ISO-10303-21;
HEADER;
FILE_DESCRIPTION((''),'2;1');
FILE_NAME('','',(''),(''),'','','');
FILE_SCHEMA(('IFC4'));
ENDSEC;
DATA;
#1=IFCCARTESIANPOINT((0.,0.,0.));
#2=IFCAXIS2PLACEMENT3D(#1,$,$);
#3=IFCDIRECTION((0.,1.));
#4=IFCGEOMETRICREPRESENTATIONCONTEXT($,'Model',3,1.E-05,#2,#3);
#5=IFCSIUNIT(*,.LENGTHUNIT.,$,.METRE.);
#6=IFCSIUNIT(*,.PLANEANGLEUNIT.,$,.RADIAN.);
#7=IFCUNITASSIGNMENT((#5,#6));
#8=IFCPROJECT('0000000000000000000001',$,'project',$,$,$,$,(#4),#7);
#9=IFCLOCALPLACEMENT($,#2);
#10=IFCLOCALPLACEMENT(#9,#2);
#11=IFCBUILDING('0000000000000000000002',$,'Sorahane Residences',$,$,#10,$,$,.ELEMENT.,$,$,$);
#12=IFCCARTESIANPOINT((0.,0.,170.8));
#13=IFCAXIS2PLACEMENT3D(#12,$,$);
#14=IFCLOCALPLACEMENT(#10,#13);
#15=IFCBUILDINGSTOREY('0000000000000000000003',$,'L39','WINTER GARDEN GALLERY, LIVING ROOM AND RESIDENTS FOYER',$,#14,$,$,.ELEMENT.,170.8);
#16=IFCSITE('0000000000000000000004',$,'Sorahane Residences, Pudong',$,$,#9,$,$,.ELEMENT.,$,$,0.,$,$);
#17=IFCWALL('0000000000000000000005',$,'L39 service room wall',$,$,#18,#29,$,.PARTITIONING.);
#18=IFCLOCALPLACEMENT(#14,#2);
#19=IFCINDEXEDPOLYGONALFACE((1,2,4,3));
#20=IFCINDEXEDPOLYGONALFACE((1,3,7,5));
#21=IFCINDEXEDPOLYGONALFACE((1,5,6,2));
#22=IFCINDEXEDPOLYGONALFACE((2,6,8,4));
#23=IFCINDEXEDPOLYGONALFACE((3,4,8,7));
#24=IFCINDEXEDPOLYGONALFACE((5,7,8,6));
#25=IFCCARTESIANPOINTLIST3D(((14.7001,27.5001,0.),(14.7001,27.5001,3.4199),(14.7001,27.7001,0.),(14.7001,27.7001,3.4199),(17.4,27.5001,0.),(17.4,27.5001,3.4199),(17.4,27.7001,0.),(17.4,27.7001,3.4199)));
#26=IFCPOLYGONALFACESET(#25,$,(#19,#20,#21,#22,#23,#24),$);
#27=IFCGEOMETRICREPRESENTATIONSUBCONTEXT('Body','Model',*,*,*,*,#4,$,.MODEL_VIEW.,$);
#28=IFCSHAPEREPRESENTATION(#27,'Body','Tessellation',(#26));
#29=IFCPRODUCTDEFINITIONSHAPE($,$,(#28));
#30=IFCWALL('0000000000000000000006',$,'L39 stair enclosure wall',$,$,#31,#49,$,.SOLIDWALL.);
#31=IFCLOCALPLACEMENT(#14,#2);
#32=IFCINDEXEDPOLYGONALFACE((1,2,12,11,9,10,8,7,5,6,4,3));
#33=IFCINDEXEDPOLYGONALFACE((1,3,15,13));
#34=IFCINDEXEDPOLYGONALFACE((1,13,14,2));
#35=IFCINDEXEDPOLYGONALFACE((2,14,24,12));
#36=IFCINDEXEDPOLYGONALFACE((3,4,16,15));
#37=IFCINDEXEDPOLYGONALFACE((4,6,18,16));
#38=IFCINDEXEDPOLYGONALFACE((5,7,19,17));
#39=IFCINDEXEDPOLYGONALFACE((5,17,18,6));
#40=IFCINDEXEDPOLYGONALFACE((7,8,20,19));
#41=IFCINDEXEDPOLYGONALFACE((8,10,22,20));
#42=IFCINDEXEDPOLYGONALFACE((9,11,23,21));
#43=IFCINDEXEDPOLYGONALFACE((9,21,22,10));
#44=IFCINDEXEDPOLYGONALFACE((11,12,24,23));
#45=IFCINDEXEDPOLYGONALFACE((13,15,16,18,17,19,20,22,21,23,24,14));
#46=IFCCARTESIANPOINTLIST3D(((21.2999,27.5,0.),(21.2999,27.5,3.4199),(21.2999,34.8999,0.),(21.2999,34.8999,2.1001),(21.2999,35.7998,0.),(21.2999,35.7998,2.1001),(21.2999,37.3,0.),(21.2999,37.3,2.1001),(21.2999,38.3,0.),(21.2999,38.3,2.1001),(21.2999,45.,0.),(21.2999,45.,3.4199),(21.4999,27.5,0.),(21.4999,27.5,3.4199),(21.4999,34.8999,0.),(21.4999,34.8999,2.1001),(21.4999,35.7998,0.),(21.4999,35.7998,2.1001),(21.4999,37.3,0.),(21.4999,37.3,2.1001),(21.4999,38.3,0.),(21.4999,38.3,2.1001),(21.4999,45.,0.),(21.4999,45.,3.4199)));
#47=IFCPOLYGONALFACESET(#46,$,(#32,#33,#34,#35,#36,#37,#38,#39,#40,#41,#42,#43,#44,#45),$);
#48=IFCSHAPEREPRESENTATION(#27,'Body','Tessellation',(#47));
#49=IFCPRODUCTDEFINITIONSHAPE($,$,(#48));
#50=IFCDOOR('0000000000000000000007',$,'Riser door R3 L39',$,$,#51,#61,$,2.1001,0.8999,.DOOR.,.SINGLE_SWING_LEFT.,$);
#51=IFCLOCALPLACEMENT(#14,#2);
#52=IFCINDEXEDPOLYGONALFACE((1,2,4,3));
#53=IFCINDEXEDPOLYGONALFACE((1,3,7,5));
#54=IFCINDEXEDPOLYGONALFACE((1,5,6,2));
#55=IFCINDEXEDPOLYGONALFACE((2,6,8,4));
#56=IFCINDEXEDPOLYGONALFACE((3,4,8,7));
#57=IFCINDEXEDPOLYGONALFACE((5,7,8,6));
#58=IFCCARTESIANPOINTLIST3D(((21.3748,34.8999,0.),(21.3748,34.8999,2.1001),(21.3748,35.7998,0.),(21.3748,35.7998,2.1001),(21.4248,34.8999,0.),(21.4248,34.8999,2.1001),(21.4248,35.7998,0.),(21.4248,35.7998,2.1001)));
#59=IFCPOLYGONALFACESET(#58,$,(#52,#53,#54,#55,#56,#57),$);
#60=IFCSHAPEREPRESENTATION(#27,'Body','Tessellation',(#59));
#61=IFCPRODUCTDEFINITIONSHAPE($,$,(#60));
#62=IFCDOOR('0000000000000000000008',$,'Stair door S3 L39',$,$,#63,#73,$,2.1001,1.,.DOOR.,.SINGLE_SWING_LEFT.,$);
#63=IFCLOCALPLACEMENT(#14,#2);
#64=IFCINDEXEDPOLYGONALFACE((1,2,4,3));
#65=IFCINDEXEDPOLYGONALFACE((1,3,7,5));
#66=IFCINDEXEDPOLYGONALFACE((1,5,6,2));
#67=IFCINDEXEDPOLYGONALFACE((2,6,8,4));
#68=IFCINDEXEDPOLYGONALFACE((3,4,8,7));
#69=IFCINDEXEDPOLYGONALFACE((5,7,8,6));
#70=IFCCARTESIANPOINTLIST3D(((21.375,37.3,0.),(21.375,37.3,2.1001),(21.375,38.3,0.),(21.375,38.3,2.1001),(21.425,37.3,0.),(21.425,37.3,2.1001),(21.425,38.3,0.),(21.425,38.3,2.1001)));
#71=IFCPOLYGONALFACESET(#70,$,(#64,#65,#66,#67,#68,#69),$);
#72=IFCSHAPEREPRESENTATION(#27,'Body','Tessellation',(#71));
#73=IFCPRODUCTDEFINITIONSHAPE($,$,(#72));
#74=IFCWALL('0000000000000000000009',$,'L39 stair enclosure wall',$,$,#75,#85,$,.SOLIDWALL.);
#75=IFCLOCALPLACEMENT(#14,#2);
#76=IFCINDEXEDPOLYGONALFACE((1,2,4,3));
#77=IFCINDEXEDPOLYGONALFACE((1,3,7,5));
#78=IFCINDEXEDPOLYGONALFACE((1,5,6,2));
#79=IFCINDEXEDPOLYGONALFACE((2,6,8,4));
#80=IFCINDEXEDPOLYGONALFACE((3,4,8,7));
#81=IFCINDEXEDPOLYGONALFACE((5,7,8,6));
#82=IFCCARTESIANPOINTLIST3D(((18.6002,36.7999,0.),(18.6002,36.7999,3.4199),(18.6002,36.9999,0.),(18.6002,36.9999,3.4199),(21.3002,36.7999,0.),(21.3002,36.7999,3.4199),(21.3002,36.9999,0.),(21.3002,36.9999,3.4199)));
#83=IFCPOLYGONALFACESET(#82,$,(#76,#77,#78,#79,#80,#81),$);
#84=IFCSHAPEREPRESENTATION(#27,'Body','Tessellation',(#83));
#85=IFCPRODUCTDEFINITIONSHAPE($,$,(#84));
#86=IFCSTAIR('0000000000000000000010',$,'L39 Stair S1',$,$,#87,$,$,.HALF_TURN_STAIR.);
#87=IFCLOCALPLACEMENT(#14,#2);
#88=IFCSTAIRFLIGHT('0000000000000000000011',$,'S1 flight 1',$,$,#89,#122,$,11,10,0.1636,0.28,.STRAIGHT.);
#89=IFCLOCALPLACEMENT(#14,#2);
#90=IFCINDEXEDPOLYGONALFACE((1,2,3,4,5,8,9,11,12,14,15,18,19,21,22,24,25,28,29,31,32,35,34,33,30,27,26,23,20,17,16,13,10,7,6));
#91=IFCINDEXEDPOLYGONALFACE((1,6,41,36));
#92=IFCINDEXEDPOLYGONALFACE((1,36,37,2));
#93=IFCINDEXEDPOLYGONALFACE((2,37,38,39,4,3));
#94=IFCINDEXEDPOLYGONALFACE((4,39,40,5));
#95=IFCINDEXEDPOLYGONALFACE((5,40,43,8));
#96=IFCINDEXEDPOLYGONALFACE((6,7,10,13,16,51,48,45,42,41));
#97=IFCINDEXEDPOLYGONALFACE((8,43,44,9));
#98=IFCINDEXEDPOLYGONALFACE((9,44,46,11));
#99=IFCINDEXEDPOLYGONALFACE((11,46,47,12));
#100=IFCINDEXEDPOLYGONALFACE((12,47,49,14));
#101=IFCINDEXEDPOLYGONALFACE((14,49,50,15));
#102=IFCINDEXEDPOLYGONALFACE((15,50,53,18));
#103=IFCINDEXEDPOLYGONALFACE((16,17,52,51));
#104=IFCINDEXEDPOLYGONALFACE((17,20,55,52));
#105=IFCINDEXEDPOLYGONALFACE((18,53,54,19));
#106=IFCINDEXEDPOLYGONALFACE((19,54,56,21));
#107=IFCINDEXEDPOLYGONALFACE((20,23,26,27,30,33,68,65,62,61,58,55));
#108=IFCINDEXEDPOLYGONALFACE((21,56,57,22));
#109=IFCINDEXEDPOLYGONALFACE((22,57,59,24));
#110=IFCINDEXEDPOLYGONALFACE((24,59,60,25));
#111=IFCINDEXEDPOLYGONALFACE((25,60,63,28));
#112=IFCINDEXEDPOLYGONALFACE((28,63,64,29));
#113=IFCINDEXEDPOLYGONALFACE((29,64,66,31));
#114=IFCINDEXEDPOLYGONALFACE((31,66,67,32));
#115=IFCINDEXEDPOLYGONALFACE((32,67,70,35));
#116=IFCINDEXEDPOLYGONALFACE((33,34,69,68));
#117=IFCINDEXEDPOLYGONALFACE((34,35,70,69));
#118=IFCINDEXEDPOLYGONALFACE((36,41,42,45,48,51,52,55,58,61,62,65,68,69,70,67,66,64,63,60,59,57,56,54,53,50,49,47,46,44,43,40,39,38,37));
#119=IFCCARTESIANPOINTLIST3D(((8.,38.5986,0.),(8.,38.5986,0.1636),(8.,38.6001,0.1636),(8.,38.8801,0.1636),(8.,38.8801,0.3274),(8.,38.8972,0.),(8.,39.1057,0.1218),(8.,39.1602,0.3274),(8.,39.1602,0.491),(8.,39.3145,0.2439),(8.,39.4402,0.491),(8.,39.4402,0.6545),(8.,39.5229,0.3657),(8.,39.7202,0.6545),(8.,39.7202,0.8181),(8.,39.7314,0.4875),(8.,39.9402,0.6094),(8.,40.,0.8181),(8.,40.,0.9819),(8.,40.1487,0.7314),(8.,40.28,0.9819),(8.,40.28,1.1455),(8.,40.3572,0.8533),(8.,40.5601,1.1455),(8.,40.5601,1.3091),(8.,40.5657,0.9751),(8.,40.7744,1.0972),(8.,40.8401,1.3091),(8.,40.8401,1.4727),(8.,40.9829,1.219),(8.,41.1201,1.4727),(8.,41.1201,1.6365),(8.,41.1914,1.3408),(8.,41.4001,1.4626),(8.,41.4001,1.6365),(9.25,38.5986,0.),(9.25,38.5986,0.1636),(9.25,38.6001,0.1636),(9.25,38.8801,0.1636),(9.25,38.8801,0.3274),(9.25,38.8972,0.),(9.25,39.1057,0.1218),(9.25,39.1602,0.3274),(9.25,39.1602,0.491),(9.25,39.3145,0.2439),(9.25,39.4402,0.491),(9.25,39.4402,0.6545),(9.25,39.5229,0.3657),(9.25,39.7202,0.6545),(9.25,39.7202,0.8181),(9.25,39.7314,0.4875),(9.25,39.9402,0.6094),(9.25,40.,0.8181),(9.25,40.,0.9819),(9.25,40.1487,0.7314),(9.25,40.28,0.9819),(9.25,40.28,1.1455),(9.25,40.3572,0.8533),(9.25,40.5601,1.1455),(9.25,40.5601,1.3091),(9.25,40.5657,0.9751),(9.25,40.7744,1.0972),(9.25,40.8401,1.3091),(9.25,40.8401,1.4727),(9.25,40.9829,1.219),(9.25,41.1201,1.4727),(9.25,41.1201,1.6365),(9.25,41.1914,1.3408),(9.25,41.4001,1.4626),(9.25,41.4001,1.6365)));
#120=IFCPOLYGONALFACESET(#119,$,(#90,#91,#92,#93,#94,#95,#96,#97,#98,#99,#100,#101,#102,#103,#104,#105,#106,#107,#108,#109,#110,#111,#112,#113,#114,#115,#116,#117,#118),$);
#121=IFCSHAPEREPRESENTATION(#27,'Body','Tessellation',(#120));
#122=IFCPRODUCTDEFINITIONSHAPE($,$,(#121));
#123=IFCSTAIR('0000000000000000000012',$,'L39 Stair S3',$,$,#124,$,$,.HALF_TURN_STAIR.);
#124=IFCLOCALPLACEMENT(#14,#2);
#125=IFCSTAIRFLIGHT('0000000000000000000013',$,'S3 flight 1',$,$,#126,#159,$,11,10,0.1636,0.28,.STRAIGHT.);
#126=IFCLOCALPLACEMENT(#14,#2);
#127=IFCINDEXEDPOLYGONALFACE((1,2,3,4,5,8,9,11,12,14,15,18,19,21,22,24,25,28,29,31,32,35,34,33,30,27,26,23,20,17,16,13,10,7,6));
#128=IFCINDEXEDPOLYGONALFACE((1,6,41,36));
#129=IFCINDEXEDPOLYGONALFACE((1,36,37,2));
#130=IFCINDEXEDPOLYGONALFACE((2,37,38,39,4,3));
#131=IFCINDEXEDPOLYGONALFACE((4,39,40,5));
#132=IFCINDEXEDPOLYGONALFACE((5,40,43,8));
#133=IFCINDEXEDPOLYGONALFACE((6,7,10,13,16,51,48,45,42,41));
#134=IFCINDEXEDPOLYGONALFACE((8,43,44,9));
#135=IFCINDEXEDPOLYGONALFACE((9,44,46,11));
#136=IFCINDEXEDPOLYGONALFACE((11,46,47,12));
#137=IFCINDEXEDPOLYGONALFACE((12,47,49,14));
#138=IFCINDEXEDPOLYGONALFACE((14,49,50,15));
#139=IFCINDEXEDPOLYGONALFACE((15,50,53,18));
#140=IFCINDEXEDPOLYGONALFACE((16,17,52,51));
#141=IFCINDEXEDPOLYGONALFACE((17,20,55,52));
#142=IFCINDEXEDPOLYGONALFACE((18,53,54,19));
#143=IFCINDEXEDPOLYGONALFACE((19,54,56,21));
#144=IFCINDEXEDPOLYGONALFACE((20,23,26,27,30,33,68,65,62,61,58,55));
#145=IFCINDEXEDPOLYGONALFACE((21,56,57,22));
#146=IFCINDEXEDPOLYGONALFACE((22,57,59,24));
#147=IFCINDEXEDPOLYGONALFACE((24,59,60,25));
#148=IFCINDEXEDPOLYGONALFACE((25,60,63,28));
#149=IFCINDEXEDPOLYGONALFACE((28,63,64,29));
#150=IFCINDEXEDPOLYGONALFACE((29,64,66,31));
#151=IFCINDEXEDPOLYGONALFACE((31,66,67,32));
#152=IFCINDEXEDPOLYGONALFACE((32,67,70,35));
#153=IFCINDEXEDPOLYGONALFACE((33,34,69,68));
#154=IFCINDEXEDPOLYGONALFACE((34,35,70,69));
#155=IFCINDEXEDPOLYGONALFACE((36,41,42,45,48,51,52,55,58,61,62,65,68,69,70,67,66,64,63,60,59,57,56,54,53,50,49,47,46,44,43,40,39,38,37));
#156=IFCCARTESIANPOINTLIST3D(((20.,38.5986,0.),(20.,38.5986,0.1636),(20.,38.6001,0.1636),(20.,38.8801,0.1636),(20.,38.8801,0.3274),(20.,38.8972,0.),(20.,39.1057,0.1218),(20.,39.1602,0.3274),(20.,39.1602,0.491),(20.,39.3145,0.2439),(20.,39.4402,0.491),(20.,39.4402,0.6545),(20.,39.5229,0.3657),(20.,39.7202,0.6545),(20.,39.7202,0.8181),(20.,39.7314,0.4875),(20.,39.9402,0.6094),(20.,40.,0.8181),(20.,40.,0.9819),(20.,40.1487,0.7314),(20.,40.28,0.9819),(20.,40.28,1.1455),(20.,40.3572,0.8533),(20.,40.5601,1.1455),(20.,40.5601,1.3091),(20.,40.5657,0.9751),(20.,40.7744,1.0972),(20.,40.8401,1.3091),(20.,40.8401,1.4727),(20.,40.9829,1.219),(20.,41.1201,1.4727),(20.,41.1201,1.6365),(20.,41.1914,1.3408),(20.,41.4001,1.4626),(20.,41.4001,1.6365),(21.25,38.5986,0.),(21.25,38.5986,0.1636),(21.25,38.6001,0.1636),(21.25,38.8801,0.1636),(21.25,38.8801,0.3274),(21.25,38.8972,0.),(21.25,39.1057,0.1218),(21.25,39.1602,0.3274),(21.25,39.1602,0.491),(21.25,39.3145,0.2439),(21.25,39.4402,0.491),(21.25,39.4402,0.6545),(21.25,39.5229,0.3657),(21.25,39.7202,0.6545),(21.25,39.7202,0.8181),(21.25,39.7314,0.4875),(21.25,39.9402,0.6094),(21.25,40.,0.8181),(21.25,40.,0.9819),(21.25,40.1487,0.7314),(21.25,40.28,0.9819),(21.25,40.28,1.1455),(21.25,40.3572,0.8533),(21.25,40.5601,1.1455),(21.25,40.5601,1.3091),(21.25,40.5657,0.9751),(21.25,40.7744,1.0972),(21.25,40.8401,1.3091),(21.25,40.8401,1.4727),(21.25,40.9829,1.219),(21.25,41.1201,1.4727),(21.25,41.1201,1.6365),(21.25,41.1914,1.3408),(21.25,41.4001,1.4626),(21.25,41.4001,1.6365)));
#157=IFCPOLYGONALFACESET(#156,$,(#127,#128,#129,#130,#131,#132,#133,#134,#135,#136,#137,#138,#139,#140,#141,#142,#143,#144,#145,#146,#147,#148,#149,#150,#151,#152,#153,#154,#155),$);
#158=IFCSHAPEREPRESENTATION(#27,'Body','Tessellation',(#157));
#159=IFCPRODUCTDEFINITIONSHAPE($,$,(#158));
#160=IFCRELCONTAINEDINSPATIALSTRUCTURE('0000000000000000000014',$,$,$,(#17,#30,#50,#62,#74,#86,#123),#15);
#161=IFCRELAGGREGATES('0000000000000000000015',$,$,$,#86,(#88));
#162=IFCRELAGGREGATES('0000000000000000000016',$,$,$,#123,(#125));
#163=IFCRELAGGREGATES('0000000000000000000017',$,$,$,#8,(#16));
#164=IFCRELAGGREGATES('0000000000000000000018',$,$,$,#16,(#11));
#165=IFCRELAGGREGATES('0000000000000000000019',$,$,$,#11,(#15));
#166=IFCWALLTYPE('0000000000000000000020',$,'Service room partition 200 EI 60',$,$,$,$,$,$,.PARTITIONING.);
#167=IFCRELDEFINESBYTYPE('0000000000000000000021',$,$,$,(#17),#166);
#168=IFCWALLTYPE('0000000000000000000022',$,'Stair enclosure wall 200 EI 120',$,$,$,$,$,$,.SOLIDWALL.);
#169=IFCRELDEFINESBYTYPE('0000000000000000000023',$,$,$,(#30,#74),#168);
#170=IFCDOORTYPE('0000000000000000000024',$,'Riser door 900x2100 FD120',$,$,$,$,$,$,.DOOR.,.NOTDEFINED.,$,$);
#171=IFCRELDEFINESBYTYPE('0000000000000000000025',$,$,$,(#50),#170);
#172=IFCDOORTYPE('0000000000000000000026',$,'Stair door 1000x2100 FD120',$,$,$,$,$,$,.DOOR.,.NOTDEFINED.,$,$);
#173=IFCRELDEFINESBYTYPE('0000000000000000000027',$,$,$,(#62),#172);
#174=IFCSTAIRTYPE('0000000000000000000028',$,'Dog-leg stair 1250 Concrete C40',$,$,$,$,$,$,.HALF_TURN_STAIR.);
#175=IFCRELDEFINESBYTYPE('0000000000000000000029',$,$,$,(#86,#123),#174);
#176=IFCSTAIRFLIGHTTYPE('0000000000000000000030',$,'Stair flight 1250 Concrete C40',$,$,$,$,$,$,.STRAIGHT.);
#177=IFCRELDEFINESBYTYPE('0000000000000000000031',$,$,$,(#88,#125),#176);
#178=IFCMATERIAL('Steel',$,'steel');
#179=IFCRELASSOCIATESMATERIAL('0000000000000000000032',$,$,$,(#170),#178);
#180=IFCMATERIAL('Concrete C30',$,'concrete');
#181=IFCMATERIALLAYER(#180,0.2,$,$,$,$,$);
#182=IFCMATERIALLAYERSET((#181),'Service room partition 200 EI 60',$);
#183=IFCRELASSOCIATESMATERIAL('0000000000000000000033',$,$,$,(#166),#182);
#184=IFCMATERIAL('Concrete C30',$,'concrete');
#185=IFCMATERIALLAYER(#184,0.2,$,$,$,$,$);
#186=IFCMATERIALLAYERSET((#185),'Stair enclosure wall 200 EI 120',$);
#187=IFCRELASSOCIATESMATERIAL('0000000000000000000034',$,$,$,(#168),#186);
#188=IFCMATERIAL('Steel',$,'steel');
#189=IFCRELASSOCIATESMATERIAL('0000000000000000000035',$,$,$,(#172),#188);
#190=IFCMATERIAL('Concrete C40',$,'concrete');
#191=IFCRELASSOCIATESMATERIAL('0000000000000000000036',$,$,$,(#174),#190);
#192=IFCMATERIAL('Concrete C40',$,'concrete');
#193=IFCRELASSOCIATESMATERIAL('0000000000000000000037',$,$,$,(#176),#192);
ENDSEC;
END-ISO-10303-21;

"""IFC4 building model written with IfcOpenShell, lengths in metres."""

from ifc_helpers import new_model, si_unit, direction, frame, frame_2d, origin, place, context, subcontext, project, spatial, polyline, rectangle, outline, extrude, material, layer, layer_set, type_object, element, fill, aggregate, save


model = new_model("IFC4")

# Units and contexts
model_context = context("Model", 3, precision=1e-05, world=origin(), true_north=direction((0.0, 1.0)))
body_context = subcontext(model_context, "Body", "Model", "MODEL_VIEW")
ifc_project = project(units=[si_unit("LENGTHUNIT", "METRE"), si_unit("PLANEANGLEUNIT", "RADIAN")], contexts=[model_context])

# Site, building, storey
site_placement = place(None, origin())
site = spatial("IfcSite", under=ifc_project, at=site_placement, Name="Sorahane Residences, Pudong", CompositionType="ELEMENT", RefElevation=0.0)
building_placement = place(site_placement, origin())
building = spatial("IfcBuilding", under=site, at=building_placement, Name="Sorahane Residences", CompositionType="ELEMENT")
storey_placement = place(building_placement, frame((0.0, 0.0, 170.8)))
storey = spatial("IfcBuildingStorey", under=building, at=storey_placement, Name="L39", Description="WINTER GARDEN GALLERY, LIVING ROOM AND RESIDENTS FOYER", CompositionType="ELEMENT", Elevation=170.8)

# Shared definitions
ifc_material_1 = material(Name="Steel", Category="steel")
door_type_1 = type_object("IfcDoorType", Name="Riser door 900x2100 FD120", OperationType="NOTDEFINED", PredefinedType="DOOR", material=ifc_material_1)

# Wall
ifc_material_2 = material(Name="Concrete C30", Category="concrete")
ifc_layer_1 = layer(ifc_material_2, 0.2)
ifc_layer_set_1 = layer_set([ifc_layer_1], Name="Service room partition 200 EI 60")
wall_type_1 = type_object("IfcWallType", Name="Service room partition 200 EI 60", PredefinedType="PARTITIONING", material=ifc_layer_set_1)
wall_1_placement = place(storey_placement, frame((14.7, 27.6001, 0.0), z_axis=(0.0, 0.0, 1.0), x_axis=(1.0, 0.0, 0.0)))
element("IfcWall", 1, at=wall_1_placement, inside=storey, type_object=wall_type_1, Name="L39 service room wall", PredefinedType="PARTITIONING", context=body_context, shape_type="SweptSolid", body=[
    extrude(rectangle(XDim=2.7, YDim=0.2, at=frame_2d((1.3501, 0.0))), origin(), (0.0, 0.0, 1.0), 3.4199),
])

# Wall, openings, doors
ifc_material_3 = material(Name="Concrete C30", Category="concrete")
ifc_layer_2 = layer(ifc_material_3, 0.2)
ifc_layer_set_2 = layer_set([ifc_layer_2], Name="Stair enclosure wall 200 EI 120")
wall_type_2 = type_object("IfcWallType", Name="Stair enclosure wall 200 EI 120", PredefinedType="SOLIDWALL", material=ifc_layer_set_2)
wall_2_placement = place(storey_placement, frame((21.3999, 27.5, 0.0), z_axis=(0.0, 0.0, 1.0), x_axis=(0.0, 1.0, 0.0)))
wall_2 = element("IfcWall", 2, at=wall_2_placement, inside=storey, type_object=wall_type_2, Name="L39 stair enclosure wall", PredefinedType="SOLIDWALL", context=body_context, shape_type="SweptSolid", body=[
    extrude(rectangle(XDim=17.5, YDim=0.2, at=frame_2d((8.75, 0.0))), origin(), (0.0, 0.0, 1.0), 3.4199),
])
opening_1_placement = place(wall_2_placement, frame((9.8, 0.0, 0.0)))
opening_1 = element("IfcOpeningElement", 3, at=opening_1_placement, cuts=wall_2, PredefinedType="OPENING", context=body_context, shape_type="SweptSolid", body=[
    extrude(rectangle(XDim=1.0, YDim=2.1001, at=frame_2d((0.5, 1.05))), frame((0.0, 0.1099, 0.0), z_axis=(0.0, -1.0, 0.0), x_axis=(1.0, 0.0, 0.0)), (0.0, 0.0, 1.0), 0.22),
])
opening_2_placement = place(wall_2_placement, frame((7.3999, 0.0, 0.0)))
opening_2 = element("IfcOpeningElement", 4, at=opening_2_placement, cuts=wall_2, PredefinedType="OPENING", context=body_context, shape_type="SweptSolid", body=[
    extrude(rectangle(XDim=0.8999, YDim=2.1001, at=frame_2d((0.45, 1.05))), frame((0.0, 0.1099, 0.0), z_axis=(0.0, -1.0, 0.0), x_axis=(1.0, 0.0, 0.0)), (0.0, 0.0, 1.0), 0.22),
])
door_1_placement = place(opening_2_placement, frame((0.8999, 0.0, 0.0), z_axis=(0.0, 0.0, 1.0), x_axis=(-1.0, 0.0, 0.0)))
door_1 = element("IfcDoor", 5, at=door_1_placement, inside=storey, type_object=door_type_1, Name="Riser door R3 L39", OperationType="SINGLE_SWING_LEFT", OverallHeight=2.1001, OverallWidth=0.8999, PredefinedType="DOOR", context=body_context, shape_type="SweptSolid", body=[
    extrude(rectangle(XDim=0.8999, YDim=2.1001, at=frame_2d((0.45, 1.05))), frame((0.0, 0.0249, 0.0), z_axis=(0.0, -1.0, 0.0), x_axis=(1.0, 0.0, 0.0)), (0.0, 0.0, 1.0), 0.05),
])
fill(opening_2, door_1)
ifc_material_4 = material(Name="Steel", Category="steel")
door_type_2 = type_object("IfcDoorType", Name="Stair door 1000x2100 FD120", OperationType="NOTDEFINED", PredefinedType="DOOR", material=ifc_material_4)
door_2_placement = place(opening_1_placement, origin())
door_2 = element("IfcDoor", 6, at=door_2_placement, inside=storey, type_object=door_type_2, Name="Stair door S3 L39", OperationType="SINGLE_SWING_LEFT", OverallHeight=2.1001, OverallWidth=1.0, PredefinedType="DOOR", context=body_context, shape_type="SweptSolid", body=[
    extrude(rectangle(XDim=1.0, YDim=2.1001, at=frame_2d((0.5, 1.05))), frame((0.0, 0.0249, 0.0), z_axis=(0.0, -1.0, 0.0), x_axis=(1.0, 0.0, 0.0)), (0.0, 0.0, 1.0), 0.05),
])
fill(opening_1, door_2)

# Wall
wall_3_placement = place(storey_placement, frame((18.6001, 36.8999, 0.0), z_axis=(0.0, 0.0, 1.0), x_axis=(1.0, 0.0, 0.0)))
element("IfcWall", 7, at=wall_3_placement, inside=storey, type_object=wall_type_2, Name="L39 stair enclosure wall", PredefinedType="SOLIDWALL", context=body_context, shape_type="SweptSolid", body=[
    extrude(rectangle(XDim=2.7, YDim=0.2, at=frame_2d((1.3501, 0.0))), origin(), (0.0, 0.0, 1.0), 3.4199),
])

# Stairs, stair flights
ifc_material_5 = material(Name="Concrete C40", Category="concrete")
stair_type = type_object("IfcStairType", Name="Dog-leg stair 1250 Concrete C40", PredefinedType="HALF_TURN_STAIR", material=ifc_material_5)
stair_1_placement = place(storey_placement, origin())
stair_1 = element("IfcStair", 8, at=stair_1_placement, inside=storey, type_object=stair_type, Name="L39 Stair S1", PredefinedType="HALF_TURN_STAIR")
ifc_material_6 = material(Name="Concrete C40", Category="concrete")
stair_flight_type = type_object("IfcStairFlightType", Name="Stair flight 1250 Concrete C40", PredefinedType="STRAIGHT", material=ifc_material_6)
stair_flight_1_placement = place(storey_placement, frame((8.625, 38.6001, 0.0), z_axis=(0.0, 0.0, 1.0), x_axis=(0.0, 1.0, 0.0)))
stair_flight_1 = element("IfcStairFlight", 9, at=stair_flight_1_placement, type_object=stair_flight_type, Name="S1 flight 1", NumberOfRisers=11, NumberOfTreads=10, PredefinedType="STRAIGHT", RiserHeight=0.1636, TreadLength=0.28, context=body_context, shape_type="SweptSolid", body=[
    extrude(outline(polyline([(-0.0015, 0.0), (-0.0015, 0.1636), (0.0, 0.1636), (0.28, 0.1636), (0.28, 0.3274), (0.5601, 0.3274), (0.5601, 0.491), (0.8401, 0.491), (0.8401, 0.6545), (1.1201, 0.6545), (1.1201, 0.8181), (1.3999, 0.8181), (1.3999, 0.9819), (1.6799, 0.9819), (1.6799, 1.1455), (1.96, 1.1455), (1.96, 1.3091), (2.24, 1.3091), (2.24, 1.4727), (2.52, 1.4727), (2.52, 1.6365), (2.8, 1.6365), (2.8, 1.8), (2.8, 1.4626), (2.5913, 1.3408), (2.3828, 1.219), (2.1743, 1.0972), (1.9656, 0.9751), (1.7571, 0.8533), (1.5486, 0.7314), (1.3401, 0.6094), (1.1313, 0.4875), (0.9229, 0.3657), (0.7144, 0.2439), (0.5056, 0.1218), (0.2971, 0.0), (-0.0015, 0.0)])), frame((0.0, 0.625, 0.0), z_axis=(0.0, -1.0, 0.0), x_axis=(1.0, 0.0, 0.0)), (0.0, 0.0, 1.0), 1.25),
])
aggregate(stair_1, [stair_flight_1])
stair_2_placement = place(storey_placement, origin())
stair_2 = element("IfcStair", 10, at=stair_2_placement, inside=storey, type_object=stair_type, Name="L39 Stair S3", PredefinedType="HALF_TURN_STAIR")
stair_flight_2_placement = place(storey_placement, frame((20.625, 38.6001, 0.0), z_axis=(0.0, 0.0, 1.0), x_axis=(0.0, 1.0, 0.0)))
stair_flight_2 = element("IfcStairFlight", 11, at=stair_flight_2_placement, type_object=stair_flight_type, Name="S3 flight 1", NumberOfRisers=11, NumberOfTreads=10, PredefinedType="STRAIGHT", RiserHeight=0.1636, TreadLength=0.28, context=body_context, shape_type="SweptSolid", body=[
    extrude(outline(polyline([(-0.0015, 0.0), (-0.0015, 0.1636), (0.0, 0.1636), (0.28, 0.1636), (0.28, 0.3274), (0.5601, 0.3274), (0.5601, 0.491), (0.8401, 0.491), (0.8401, 0.6545), (1.1201, 0.6545), (1.1201, 0.8181), (1.3999, 0.8181), (1.3999, 0.9819), (1.6799, 0.9819), (1.6799, 1.1455), (1.96, 1.1455), (1.96, 1.3091), (2.24, 1.3091), (2.24, 1.4727), (2.52, 1.4727), (2.52, 1.6365), (2.8, 1.6365), (2.8, 1.8), (2.8, 1.4626), (2.5913, 1.3408), (2.3828, 1.219), (2.1743, 1.0972), (1.9656, 0.9751), (1.7571, 0.8533), (1.5486, 0.7314), (1.3401, 0.6094), (1.1313, 0.4875), (0.9229, 0.3657), (0.7144, 0.2439), (0.5056, 0.1218), (0.2971, 0.0), (-0.0015, 0.0)])), frame((0.0, 0.625, 0.0), z_axis=(0.0, -1.0, 0.0), x_axis=(1.0, 0.0, 0.0)), (0.0, 0.0, 1.0), 1.25),
])
aggregate(stair_2, [stair_flight_2])

save(model, "model.ifc")
